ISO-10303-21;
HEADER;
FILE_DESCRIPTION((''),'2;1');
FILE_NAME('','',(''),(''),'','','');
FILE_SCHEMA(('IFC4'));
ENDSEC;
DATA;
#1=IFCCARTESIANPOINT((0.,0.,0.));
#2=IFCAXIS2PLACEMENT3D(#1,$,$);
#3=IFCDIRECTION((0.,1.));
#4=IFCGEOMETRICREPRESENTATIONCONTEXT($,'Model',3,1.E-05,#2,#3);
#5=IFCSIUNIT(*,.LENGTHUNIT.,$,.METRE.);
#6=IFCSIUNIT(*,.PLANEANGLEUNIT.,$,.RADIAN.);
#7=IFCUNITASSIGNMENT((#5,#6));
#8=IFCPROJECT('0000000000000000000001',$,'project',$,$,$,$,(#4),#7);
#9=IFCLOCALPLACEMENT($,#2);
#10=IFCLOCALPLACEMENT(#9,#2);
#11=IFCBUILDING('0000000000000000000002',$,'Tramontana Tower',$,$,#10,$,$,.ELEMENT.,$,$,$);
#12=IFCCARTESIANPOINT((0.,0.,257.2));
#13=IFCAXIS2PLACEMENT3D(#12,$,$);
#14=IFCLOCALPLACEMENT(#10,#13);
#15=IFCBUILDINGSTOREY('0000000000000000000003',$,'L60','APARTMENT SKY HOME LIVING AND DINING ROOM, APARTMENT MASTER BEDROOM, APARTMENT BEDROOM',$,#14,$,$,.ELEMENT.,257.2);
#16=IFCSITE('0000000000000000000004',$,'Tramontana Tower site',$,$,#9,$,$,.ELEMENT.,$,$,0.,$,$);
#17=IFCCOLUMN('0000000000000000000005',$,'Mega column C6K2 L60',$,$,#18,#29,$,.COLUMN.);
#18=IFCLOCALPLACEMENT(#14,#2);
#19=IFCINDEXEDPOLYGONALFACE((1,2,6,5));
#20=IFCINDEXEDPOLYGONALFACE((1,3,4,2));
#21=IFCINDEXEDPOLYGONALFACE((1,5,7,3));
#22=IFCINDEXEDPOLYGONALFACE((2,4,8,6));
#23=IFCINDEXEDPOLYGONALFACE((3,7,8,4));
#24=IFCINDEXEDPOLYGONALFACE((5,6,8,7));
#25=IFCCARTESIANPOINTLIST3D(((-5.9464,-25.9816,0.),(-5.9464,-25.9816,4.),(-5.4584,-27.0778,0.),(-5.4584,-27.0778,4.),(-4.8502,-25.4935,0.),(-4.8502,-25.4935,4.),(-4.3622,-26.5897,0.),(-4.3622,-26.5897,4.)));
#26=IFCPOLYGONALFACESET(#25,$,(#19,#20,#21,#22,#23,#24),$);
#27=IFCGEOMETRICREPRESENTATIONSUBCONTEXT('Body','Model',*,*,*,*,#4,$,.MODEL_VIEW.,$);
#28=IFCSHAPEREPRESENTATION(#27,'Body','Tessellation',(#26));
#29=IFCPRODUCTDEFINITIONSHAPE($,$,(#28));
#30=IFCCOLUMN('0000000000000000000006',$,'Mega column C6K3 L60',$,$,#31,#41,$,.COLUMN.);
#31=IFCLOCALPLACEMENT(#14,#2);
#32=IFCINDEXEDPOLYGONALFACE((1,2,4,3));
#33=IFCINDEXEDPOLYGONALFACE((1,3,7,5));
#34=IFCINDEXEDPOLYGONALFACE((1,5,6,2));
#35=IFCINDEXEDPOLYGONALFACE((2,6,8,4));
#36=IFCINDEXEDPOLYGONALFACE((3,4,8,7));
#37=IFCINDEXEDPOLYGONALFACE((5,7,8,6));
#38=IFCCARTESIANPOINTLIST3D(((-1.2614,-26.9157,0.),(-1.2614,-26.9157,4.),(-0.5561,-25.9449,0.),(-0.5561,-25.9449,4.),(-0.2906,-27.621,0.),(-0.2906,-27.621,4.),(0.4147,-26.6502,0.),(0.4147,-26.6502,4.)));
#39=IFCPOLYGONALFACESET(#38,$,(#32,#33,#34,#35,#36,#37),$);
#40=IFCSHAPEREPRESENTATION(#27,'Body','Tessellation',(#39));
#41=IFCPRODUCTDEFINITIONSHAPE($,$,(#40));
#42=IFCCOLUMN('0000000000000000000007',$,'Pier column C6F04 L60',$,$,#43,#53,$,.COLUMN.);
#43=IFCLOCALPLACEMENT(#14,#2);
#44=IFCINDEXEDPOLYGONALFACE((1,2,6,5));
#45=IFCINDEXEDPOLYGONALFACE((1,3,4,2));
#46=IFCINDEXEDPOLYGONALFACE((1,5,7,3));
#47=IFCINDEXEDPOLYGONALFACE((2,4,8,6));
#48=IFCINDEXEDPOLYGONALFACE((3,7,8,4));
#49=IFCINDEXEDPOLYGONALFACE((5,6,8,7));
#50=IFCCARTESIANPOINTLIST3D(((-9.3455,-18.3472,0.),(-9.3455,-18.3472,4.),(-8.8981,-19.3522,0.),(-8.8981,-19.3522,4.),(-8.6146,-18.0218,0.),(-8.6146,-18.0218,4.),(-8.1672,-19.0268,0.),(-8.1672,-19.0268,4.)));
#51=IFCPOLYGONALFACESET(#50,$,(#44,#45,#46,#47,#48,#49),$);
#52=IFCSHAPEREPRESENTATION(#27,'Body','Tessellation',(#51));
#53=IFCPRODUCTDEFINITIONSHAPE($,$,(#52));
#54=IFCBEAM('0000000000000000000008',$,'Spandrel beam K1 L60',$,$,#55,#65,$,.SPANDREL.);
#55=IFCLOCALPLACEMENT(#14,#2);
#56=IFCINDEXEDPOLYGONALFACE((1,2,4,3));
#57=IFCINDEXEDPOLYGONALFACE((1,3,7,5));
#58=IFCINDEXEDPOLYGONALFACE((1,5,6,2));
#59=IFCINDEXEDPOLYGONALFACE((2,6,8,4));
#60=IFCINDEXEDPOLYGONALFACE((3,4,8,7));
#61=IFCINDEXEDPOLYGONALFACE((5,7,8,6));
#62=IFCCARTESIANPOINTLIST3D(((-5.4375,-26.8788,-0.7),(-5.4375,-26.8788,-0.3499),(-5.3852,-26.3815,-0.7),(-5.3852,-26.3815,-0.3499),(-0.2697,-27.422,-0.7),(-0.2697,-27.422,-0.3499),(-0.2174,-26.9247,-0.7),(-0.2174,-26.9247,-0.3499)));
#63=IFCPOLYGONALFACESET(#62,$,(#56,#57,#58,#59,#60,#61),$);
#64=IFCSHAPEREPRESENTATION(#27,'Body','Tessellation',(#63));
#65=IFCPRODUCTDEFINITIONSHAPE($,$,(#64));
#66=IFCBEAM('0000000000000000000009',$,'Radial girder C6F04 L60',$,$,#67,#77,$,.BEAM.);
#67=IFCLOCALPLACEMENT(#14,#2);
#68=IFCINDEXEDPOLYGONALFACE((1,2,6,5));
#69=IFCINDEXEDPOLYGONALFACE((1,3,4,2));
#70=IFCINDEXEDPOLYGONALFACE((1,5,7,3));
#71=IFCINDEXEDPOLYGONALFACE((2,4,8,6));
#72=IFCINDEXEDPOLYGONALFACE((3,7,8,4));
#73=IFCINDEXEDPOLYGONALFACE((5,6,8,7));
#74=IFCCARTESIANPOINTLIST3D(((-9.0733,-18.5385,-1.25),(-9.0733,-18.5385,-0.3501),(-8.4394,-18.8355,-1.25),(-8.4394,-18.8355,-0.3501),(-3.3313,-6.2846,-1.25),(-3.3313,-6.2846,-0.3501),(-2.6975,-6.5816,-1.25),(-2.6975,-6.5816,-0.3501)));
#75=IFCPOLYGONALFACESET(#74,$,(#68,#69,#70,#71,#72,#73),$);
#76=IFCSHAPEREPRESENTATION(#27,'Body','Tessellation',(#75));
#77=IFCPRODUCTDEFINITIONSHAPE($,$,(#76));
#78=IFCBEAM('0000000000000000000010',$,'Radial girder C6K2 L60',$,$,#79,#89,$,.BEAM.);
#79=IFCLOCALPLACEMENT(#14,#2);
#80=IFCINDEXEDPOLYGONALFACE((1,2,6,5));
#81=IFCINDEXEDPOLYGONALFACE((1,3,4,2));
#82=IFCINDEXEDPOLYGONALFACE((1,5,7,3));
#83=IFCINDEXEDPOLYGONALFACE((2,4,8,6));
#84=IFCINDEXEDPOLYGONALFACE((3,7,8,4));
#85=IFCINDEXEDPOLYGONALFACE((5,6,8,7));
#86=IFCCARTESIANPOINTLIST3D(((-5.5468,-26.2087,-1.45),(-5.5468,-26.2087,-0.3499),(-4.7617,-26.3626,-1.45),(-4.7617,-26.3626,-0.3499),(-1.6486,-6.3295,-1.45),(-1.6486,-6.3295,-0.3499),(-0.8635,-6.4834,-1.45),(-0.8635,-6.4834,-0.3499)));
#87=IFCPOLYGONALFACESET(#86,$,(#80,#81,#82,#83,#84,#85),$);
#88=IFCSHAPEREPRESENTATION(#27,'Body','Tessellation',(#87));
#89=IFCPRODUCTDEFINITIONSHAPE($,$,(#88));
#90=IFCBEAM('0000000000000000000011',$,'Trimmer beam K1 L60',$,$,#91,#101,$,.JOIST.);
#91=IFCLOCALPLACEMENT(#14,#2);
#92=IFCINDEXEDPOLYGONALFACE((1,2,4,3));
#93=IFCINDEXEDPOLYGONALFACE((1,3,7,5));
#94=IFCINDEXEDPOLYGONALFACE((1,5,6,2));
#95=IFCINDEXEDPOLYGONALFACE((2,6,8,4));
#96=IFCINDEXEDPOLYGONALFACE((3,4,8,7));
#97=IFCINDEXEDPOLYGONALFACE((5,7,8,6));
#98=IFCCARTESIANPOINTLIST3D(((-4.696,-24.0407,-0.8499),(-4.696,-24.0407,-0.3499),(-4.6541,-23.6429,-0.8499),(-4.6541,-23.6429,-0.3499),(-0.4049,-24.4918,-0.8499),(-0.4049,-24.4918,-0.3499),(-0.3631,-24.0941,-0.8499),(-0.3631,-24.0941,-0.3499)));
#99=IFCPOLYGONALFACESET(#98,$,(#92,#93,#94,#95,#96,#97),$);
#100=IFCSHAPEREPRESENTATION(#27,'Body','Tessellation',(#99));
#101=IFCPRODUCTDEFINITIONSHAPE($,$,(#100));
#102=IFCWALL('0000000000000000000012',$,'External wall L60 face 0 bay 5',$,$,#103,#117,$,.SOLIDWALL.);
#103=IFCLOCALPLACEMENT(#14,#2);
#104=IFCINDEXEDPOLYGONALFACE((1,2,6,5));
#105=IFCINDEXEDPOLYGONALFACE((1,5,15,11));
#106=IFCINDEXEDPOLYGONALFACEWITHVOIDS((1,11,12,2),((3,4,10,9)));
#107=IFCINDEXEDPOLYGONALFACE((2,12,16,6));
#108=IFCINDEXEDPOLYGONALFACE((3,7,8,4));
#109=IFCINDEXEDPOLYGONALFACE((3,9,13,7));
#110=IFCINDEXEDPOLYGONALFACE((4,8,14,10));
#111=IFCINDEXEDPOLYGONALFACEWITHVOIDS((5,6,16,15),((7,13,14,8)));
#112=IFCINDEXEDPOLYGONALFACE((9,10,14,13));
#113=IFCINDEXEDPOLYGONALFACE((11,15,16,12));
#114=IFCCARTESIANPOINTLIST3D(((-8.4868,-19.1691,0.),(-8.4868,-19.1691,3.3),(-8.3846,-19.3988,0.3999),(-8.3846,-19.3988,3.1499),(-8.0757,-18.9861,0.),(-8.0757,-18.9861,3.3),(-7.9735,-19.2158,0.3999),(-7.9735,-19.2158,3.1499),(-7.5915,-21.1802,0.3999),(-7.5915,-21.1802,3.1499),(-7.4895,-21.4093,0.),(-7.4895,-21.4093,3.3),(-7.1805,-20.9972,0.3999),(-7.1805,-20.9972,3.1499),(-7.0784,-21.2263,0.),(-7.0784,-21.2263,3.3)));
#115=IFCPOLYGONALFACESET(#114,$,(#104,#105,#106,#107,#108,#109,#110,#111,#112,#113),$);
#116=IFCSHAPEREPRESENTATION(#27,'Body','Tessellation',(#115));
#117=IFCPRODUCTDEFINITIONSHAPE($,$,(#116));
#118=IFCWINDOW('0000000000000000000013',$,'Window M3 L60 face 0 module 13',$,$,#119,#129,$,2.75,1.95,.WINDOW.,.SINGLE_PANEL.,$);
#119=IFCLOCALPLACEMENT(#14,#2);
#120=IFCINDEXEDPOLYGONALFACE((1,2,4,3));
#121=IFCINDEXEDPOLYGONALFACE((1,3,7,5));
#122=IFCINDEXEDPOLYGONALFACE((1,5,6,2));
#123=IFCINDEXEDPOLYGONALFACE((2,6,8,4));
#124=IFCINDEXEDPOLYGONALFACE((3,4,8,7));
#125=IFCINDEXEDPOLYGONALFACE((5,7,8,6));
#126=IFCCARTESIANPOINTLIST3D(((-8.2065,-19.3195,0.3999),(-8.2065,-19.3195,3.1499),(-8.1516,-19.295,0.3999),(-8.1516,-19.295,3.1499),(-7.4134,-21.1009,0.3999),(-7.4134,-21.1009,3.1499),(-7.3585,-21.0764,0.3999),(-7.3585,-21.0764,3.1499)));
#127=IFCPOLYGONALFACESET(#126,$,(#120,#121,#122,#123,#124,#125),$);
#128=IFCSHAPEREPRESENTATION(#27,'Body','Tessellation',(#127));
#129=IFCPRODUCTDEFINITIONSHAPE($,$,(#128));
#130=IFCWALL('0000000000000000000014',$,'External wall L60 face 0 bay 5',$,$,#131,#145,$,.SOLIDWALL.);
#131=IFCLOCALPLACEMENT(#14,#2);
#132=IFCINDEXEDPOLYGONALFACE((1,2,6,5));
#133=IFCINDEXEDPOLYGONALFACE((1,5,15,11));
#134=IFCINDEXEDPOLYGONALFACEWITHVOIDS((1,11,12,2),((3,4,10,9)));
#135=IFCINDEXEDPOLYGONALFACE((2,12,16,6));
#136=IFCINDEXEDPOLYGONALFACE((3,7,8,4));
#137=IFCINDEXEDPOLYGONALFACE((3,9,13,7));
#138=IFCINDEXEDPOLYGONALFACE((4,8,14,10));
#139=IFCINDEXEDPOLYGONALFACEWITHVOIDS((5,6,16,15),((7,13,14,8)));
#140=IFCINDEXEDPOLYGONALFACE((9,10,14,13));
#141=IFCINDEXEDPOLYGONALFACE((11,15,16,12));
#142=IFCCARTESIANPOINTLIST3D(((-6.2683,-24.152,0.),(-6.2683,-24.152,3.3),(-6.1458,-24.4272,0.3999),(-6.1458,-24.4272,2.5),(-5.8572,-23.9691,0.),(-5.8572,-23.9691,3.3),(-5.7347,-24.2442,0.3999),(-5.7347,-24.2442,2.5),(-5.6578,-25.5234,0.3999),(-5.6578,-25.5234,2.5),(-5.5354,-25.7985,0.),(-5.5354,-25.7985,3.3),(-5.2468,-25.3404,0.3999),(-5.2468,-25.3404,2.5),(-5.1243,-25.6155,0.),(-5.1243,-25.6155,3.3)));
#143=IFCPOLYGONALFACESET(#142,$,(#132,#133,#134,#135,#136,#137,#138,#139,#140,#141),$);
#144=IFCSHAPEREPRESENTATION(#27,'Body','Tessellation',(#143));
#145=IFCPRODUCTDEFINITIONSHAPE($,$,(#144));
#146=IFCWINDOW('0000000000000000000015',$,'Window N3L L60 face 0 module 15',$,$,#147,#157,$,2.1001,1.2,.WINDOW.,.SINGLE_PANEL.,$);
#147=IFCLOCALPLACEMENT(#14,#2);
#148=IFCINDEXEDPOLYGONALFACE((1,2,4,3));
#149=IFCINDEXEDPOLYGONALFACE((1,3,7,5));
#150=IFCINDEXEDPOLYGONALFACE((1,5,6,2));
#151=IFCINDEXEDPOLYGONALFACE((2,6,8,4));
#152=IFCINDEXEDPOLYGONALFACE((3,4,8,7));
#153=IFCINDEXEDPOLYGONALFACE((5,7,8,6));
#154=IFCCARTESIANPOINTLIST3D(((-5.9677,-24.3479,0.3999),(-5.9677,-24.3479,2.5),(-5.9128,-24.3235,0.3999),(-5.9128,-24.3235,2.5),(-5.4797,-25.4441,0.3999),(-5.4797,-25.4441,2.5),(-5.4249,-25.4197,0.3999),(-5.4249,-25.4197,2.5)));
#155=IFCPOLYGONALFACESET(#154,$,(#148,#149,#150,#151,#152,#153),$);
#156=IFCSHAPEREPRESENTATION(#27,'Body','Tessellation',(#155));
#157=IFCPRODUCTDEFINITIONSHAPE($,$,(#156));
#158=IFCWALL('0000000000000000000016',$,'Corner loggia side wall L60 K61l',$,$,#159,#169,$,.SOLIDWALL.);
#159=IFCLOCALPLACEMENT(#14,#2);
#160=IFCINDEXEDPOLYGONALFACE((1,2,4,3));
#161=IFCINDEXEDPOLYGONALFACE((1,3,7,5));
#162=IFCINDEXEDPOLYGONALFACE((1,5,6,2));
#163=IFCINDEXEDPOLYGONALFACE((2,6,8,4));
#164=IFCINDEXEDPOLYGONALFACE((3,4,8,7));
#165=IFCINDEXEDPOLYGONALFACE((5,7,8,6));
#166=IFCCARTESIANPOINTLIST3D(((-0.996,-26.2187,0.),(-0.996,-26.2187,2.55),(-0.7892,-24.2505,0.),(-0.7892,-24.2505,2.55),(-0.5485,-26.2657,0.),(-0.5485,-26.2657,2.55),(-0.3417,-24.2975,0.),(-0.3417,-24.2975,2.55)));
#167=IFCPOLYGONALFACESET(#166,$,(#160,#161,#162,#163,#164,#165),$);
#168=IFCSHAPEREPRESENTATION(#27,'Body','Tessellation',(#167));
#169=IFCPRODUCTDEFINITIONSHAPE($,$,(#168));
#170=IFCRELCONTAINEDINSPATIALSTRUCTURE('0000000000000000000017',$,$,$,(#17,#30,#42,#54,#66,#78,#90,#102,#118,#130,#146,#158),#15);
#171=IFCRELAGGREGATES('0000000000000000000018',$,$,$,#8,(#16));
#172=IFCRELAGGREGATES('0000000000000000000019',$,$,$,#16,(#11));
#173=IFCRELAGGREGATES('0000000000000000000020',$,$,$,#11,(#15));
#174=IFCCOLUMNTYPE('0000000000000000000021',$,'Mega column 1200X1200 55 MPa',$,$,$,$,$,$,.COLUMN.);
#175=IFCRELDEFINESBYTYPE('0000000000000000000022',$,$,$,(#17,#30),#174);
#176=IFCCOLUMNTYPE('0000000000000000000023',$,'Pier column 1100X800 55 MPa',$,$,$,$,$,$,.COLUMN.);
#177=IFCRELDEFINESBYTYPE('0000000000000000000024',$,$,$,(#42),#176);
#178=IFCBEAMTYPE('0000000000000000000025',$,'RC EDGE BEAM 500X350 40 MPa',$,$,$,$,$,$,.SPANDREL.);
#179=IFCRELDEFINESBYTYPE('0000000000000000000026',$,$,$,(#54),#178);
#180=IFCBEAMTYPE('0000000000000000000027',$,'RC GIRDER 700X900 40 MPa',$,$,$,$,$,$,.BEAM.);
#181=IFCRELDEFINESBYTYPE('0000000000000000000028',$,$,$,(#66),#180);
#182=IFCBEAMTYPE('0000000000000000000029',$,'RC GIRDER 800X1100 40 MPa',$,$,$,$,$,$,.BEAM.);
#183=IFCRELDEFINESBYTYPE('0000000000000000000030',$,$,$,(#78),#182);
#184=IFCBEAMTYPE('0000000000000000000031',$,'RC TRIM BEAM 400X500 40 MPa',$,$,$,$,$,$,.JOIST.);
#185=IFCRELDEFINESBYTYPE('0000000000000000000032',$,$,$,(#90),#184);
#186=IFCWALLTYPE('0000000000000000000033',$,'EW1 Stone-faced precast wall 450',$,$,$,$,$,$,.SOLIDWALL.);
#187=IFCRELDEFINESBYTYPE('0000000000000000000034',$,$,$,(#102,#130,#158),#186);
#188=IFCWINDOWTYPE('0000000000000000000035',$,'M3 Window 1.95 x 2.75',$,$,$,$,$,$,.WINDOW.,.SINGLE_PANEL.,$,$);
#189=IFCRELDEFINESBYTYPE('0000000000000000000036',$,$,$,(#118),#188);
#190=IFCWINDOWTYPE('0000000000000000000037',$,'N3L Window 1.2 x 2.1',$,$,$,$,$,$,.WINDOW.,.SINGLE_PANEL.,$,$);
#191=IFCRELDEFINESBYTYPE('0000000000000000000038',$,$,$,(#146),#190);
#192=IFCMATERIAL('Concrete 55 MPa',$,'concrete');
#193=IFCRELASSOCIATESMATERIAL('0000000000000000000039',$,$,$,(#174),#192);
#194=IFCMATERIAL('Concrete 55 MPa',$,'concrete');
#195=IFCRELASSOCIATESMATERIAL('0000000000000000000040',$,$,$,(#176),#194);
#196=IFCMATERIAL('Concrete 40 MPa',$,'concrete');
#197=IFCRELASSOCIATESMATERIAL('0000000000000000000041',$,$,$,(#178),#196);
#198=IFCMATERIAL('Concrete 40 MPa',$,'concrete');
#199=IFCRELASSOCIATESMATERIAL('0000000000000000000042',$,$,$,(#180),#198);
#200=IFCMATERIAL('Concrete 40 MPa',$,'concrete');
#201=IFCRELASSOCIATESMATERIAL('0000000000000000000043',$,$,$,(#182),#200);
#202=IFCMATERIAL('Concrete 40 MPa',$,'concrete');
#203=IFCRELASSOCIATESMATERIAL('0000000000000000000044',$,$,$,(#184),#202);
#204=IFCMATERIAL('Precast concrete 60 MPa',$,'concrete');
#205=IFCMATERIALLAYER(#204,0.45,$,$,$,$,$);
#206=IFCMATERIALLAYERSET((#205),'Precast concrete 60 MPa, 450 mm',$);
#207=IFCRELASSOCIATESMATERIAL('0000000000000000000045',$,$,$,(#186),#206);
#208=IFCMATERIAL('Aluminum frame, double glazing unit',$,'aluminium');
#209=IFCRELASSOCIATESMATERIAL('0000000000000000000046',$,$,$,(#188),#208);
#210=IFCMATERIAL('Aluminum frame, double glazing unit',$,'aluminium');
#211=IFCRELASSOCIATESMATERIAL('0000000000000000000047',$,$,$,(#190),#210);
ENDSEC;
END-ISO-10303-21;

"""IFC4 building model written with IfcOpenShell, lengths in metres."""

from ifc_helpers import new_model, si_unit, direction, frame, frame_2d, origin, origin_2d, place, context, subcontext, project, spatial, rectangle, extrude, material, layer, layer_set, material_profile, profile_set, type_object, element, fill, save


model = new_model("IFC4")

# Units and contexts
model_context = context("Model", 3, precision=1e-05, world=origin(), true_north=direction((0.0, 1.0)))
body_context = subcontext(model_context, "Body", "Model", "MODEL_VIEW")
ifc_project = project(units=[si_unit("LENGTHUNIT", "METRE"), si_unit("PLANEANGLEUNIT", "RADIAN")], contexts=[model_context])

# Site, building, storey
site_placement = place(None, origin())
site = spatial("IfcSite", under=ifc_project, at=site_placement, Name="Tramontana Tower site", CompositionType="ELEMENT", RefElevation=0.0)
building_placement = place(site_placement, origin())
building = spatial("IfcBuilding", under=site, at=building_placement, Name="Tramontana Tower", CompositionType="ELEMENT")
storey_placement = place(building_placement, frame((0.0, 0.0, 257.2)))
storey = spatial("IfcBuildingStorey", under=building, at=storey_placement, Name="L60", Description="APARTMENT SKY HOME LIVING AND DINING ROOM, APARTMENT MASTER BEDROOM, APARTMENT BEDROOM", CompositionType="ELEMENT", Elevation=257.2)

# Columns
ifc_material_1 = material(Name="Concrete 55 MPa", Category="concrete")
ifc_material_profile_1 = material_profile(ifc_material_1, rectangle(XDim=1.2, YDim=1.2, at=origin_2d()), Name="Mega column 1200X1200 55 MPa")
ifc_profile_set_1 = profile_set([ifc_material_profile_1], Name="Concrete 55 MPa")
column_type_1 = type_object("IfcColumnType", Name="Mega column 1200X1200 55 MPa", PredefinedType="COLUMN", material=ifc_profile_set_1)
for number, where, z_axis, x_axis, name in (
    (1, (-5.1543, -26.2856, 0.0), (0.0, 0.0, 1.0), (0.406737, -0.913545, 0.0), "Mega column C6K2 L60"),
    (2, (-0.4233, -26.783, 0.0), (0.0, 0.0, 1.0), (0.587785, 0.809017, 0.0), "Mega column C6K3 L60"),
):
    element("IfcColumn", number, at=place(storey_placement, frame(where, z_axis=z_axis, x_axis=x_axis)), inside=storey, type_object=column_type_1, Name=name, PredefinedType="COLUMN", context=body_context, shape_type="SweptSolid", body=[
        extrude(rectangle(XDim=1.2, YDim=1.2, at=origin_2d()), origin(), (0.0, 0.0, 1.0), 4.0),
    ])
ifc_material_2 = material(Name="Concrete 55 MPa", Category="concrete")
ifc_material_profile_2 = material_profile(ifc_material_2, rectangle(XDim=1.1001, YDim=0.8, at=origin_2d()), Name="Pier column 1100X800 55 MPa")
ifc_profile_set_2 = profile_set([ifc_material_profile_2], Name="Concrete 55 MPa")
column_type_2 = type_object("IfcColumnType", Name="Pier column 1100X800 55 MPa", PredefinedType="COLUMN", material=ifc_profile_set_2)
column_placement = place(storey_placement, frame((-8.7563, -18.687, 0.0), z_axis=(0.0, 0.0, 1.0), x_axis=(0.406737, -0.913545, 0.0)))
element("IfcColumn", 3, at=column_placement, inside=storey, type_object=column_type_2, Name="Pier column C6F04 L60", PredefinedType="COLUMN", context=body_context, shape_type="SweptSolid", body=[
    extrude(rectangle(XDim=1.1001, YDim=0.8, at=origin_2d()), origin(), (0.0, 0.0, 1.0), 4.0),
])

# Beams
ifc_material_3 = material(Name="Concrete 40 MPa", Category="concrete")
ifc_material_profile_3 = material_profile(ifc_material_3, rectangle(XDim=0.5, YDim=0.3501, at=origin_2d()), Name="RC EDGE BEAM 500X350 40 MPa")
ifc_profile_set_3 = profile_set([ifc_material_profile_3], Name="Concrete 40 MPa")
beam_type_1 = type_object("IfcBeamType", Name="RC EDGE BEAM 500X350 40 MPa", PredefinedType="SPANDREL", material=ifc_profile_set_3)
beam_1_placement = place(storey_placement, frame((-5.4114, -26.6301, -0.5249), z_axis=(0.994521, -0.10454, 0.0), x_axis=(0.10454, 0.994521, 0.0)))
element("IfcBeam", 4, at=beam_1_placement, inside=storey, type_object=beam_type_1, Name="Spandrel beam K1 L60", PredefinedType="SPANDREL", context=body_context, shape_type="SweptSolid", body=[
    extrude(rectangle(XDim=0.5, YDim=0.3501, at=origin_2d()), origin(), (0.0, 0.0, 1.0), 5.1963),
])
ifc_material_4 = material(Name="Concrete 40 MPa", Category="concrete")
ifc_material_profile_4 = material_profile(ifc_material_4, rectangle(XDim=0.7, YDim=0.8999, at=origin_2d()), Name="RC GIRDER 700X900 40 MPa")
ifc_profile_set_4 = profile_set([ifc_material_profile_4], Name="Concrete 40 MPa")
beam_type_2 = type_object("IfcBeamType", Name="RC GIRDER 700X900 40 MPa", PredefinedType="BEAM", material=ifc_profile_set_4)
beam_2_placement = place(storey_placement, frame((-8.7563, -18.687, -0.8), z_axis=(0.424308, 0.905518, 0.0), x_axis=(-0.905518, 0.424308, 0.0)))
element("IfcBeam", 5, at=beam_2_placement, inside=storey, type_object=beam_type_2, Name="Radial girder C6F04 L60", PredefinedType="BEAM", context=body_context, shape_type="SweptSolid", body=[
    extrude(rectangle(XDim=0.7, YDim=0.8999, at=origin_2d()), origin(), (0.0, 0.0, 1.0), 13.5325),
])
ifc_material_5 = material(Name="Concrete 40 MPa", Category="concrete")
ifc_material_profile_5 = material_profile(ifc_material_5, rectangle(XDim=0.8, YDim=1.1001, at=origin_2d()), Name="RC GIRDER 800X1100 40 MPa")
ifc_profile_set_5 = profile_set([ifc_material_profile_5], Name="Concrete 40 MPa")
beam_type_3 = type_object("IfcBeamType", Name="RC GIRDER 800X1100 40 MPa", PredefinedType="BEAM", material=ifc_profile_set_5)
beam_3_placement = place(storey_placement, frame((-5.1543, -26.2856, -0.8999), z_axis=(0.19243, 0.981311, 0.0), x_axis=(-0.981311, 0.19243, 0.0)))
element("IfcBeam", 6, at=beam_3_placement, inside=storey, type_object=beam_type_3, Name="Radial girder C6K2 L60", PredefinedType="BEAM", context=body_context, shape_type="SweptSolid", body=[
    extrude(rectangle(XDim=0.8, YDim=1.1001, at=origin_2d()), origin(), (0.0, 0.0, 1.0), 20.2578),
])
ifc_material_6 = material(Name="Concrete 40 MPa", Category="concrete")
ifc_material_profile_6 = material_profile(ifc_material_6, rectangle(XDim=0.3999, YDim=0.5, at=origin_2d()), Name="RC TRIM BEAM 400X500 40 MPa")
ifc_profile_set_6 = profile_set([ifc_material_profile_6], Name="Concrete 40 MPa")
beam_type_4 = type_object("IfcBeamType", Name="RC TRIM BEAM 400X500 40 MPa", PredefinedType="JOIST", material=ifc_profile_set_6)
beam_4_placement = place(storey_placement, frame((-4.675, -23.8418, -0.5999), z_axis=(0.994518, -0.104567, 0.0), x_axis=(0.104567, 0.994518, 0.0)))
element("IfcBeam", 7, at=beam_4_placement, inside=storey, type_object=beam_type_4, Name="Trimmer beam K1 L60", PredefinedType="JOIST", context=body_context, shape_type="SweptSolid", body=[
    extrude(rectangle(XDim=0.3999, YDim=0.5, at=origin_2d()), origin(), (0.0, 0.0, 1.0), 4.3147),
])

# Walls, openings, windows
ifc_material_7 = material(Name="Precast concrete 60 MPa", Category="concrete")
ifc_layer_1 = layer(ifc_material_7, 0.45)
ifc_layer_set_1 = layer_set([ifc_layer_1], Name="Precast concrete 60 MPa, 450 mm")
wall_type_1 = type_object("IfcWallType", Name="EW1 Stone-faced precast wall 450", PredefinedType="SOLIDWALL", material=ifc_layer_set_1)
wall_1_placement = place(storey_placement, frame((-8.2812, -19.0776, 0.0), z_axis=(0.0, 0.0, 1.0), x_axis=(0.406702, -0.913561, 0.0)))
wall_1 = element("IfcWall", 8, at=wall_1_placement, inside=storey, type_object=wall_type_1, Name="External wall L60 face 0 bay 5", PredefinedType="SOLIDWALL", context=body_context, shape_type="SweptSolid", body=[
    extrude(rectangle(XDim=2.4521, YDim=0.45, at=frame_2d((1.2261, 0.0))), origin(), (0.0, 0.0, 1.0), 3.3),
])
opening_1_placement = place(wall_1_placement, frame((0.2512, 0.0, 0.3999)))
opening_1 = element("IfcOpeningElement", 9, at=opening_1_placement, cuts=wall_1, PredefinedType="OPENING", context=body_context, shape_type="SweptSolid", body=[
    extrude(rectangle(XDim=1.95, YDim=2.75, at=frame_2d((0.9751, 1.375))), frame((0.0, 0.2349, 0.0), z_axis=(0.0, -1.0, 0.0), x_axis=(1.0, 0.0, 0.0)), (0.0, 0.0, 1.0), 0.47),
])
ifc_material_8 = material(Name="Aluminum frame, double glazing unit", Category="aluminium")
window_type_1 = type_object("IfcWindowType", Name="M3 Window 1.95 x 2.75", PartitioningType="SINGLE_PANEL", PredefinedType="WINDOW", material=ifc_material_8)
window_1_placement = place(opening_1_placement, origin())
window_1 = element("IfcWindow", 10, at=window_1_placement, inside=storey, type_object=window_type_1, Name="Window M3 L60 face 0 module 13", OverallHeight=2.75, OverallWidth=1.95, PartitioningType="SINGLE_PANEL", PredefinedType="WINDOW", context=body_context, shape_type="SweptSolid", body=[
    extrude(rectangle(XDim=1.95, YDim=2.75, at=frame_2d((0.9751, 1.375))), frame((0.0, 0.03, 0.0), z_axis=(0.0, -1.0, 0.0), x_axis=(1.0, 0.0, 0.0)), (0.0, 0.0, 1.0), 0.0601),
])
fill(opening_1, window_1)
wall_2_placement = place(storey_placement, frame((-6.0627, -24.0605, 0.0), z_axis=(0.0, 0.0, 1.0), x_axis=(0.406666, -0.913577, 0.0)))
wall_2 = element("IfcWall", 11, at=wall_2_placement, inside=storey, type_object=wall_type_1, Name="External wall L60 face 0 bay 5", PredefinedType="SOLIDWALL", context=body_context, shape_type="SweptSolid", body=[
    extrude(rectangle(XDim=1.8022, YDim=0.45, at=frame_2d((0.9011, 0.0))), origin(), (0.0, 0.0, 1.0), 3.3),
])
opening_2_placement = place(wall_2_placement, frame((0.301, 0.0, 0.3999)))
opening_2 = element("IfcOpeningElement", 12, at=opening_2_placement, cuts=wall_2, PredefinedType="OPENING", context=body_context, shape_type="SweptSolid", body=[
    extrude(rectangle(XDim=1.2, YDim=2.1001, at=frame_2d((0.6001, 1.05))), frame((0.0, 0.2349, 0.0), z_axis=(0.0, -1.0, 0.0), x_axis=(1.0, 0.0, 0.0)), (0.0, 0.0, 1.0), 0.47),
])
ifc_material_9 = material(Name="Aluminum frame, double glazing unit", Category="aluminium")
window_type_2 = type_object("IfcWindowType", Name="N3L Window 1.2 x 2.1", PartitioningType="SINGLE_PANEL", PredefinedType="WINDOW", material=ifc_material_9)
window_2_placement = place(opening_2_placement, origin())
window_2 = element("IfcWindow", 13, at=window_2_placement, inside=storey, type_object=window_type_2, Name="Window N3L L60 face 0 module 15", OverallHeight=2.1001, OverallWidth=1.2, PartitioningType="SINGLE_PANEL", PredefinedType="WINDOW", context=body_context, shape_type="SweptSolid", body=[
    extrude(rectangle(XDim=1.2, YDim=2.1001, at=frame_2d((0.6001, 1.05))), frame((0.0, 0.03, 0.0), z_axis=(0.0, -1.0, 0.0), x_axis=(1.0, 0.0, 0.0)), (0.0, 0.0, 1.0), 0.0601),
])
fill(opening_2, window_2)

# Wall
for number, where, z_axis, x_axis, name in (
    (14, (-0.7722, -26.2422, 0.0), (0.0, 0.0, 1.0), (0.104486, 0.994526, 0.0), "Corner loggia side wall L60 K61l"),
):
    element("IfcWall", number, at=place(storey_placement, frame(where, z_axis=z_axis, x_axis=x_axis)), inside=storey, type_object=wall_type_1, Name=name, PredefinedType="SOLIDWALL", context=body_context, shape_type="SweptSolid", body=[
        extrude(rectangle(XDim=1.979, YDim=0.45, at=frame_2d((0.9895, 0.0))), origin(), (0.0, 0.0, 1.0), 2.55),
    ])

save(model, "model.ifc")
